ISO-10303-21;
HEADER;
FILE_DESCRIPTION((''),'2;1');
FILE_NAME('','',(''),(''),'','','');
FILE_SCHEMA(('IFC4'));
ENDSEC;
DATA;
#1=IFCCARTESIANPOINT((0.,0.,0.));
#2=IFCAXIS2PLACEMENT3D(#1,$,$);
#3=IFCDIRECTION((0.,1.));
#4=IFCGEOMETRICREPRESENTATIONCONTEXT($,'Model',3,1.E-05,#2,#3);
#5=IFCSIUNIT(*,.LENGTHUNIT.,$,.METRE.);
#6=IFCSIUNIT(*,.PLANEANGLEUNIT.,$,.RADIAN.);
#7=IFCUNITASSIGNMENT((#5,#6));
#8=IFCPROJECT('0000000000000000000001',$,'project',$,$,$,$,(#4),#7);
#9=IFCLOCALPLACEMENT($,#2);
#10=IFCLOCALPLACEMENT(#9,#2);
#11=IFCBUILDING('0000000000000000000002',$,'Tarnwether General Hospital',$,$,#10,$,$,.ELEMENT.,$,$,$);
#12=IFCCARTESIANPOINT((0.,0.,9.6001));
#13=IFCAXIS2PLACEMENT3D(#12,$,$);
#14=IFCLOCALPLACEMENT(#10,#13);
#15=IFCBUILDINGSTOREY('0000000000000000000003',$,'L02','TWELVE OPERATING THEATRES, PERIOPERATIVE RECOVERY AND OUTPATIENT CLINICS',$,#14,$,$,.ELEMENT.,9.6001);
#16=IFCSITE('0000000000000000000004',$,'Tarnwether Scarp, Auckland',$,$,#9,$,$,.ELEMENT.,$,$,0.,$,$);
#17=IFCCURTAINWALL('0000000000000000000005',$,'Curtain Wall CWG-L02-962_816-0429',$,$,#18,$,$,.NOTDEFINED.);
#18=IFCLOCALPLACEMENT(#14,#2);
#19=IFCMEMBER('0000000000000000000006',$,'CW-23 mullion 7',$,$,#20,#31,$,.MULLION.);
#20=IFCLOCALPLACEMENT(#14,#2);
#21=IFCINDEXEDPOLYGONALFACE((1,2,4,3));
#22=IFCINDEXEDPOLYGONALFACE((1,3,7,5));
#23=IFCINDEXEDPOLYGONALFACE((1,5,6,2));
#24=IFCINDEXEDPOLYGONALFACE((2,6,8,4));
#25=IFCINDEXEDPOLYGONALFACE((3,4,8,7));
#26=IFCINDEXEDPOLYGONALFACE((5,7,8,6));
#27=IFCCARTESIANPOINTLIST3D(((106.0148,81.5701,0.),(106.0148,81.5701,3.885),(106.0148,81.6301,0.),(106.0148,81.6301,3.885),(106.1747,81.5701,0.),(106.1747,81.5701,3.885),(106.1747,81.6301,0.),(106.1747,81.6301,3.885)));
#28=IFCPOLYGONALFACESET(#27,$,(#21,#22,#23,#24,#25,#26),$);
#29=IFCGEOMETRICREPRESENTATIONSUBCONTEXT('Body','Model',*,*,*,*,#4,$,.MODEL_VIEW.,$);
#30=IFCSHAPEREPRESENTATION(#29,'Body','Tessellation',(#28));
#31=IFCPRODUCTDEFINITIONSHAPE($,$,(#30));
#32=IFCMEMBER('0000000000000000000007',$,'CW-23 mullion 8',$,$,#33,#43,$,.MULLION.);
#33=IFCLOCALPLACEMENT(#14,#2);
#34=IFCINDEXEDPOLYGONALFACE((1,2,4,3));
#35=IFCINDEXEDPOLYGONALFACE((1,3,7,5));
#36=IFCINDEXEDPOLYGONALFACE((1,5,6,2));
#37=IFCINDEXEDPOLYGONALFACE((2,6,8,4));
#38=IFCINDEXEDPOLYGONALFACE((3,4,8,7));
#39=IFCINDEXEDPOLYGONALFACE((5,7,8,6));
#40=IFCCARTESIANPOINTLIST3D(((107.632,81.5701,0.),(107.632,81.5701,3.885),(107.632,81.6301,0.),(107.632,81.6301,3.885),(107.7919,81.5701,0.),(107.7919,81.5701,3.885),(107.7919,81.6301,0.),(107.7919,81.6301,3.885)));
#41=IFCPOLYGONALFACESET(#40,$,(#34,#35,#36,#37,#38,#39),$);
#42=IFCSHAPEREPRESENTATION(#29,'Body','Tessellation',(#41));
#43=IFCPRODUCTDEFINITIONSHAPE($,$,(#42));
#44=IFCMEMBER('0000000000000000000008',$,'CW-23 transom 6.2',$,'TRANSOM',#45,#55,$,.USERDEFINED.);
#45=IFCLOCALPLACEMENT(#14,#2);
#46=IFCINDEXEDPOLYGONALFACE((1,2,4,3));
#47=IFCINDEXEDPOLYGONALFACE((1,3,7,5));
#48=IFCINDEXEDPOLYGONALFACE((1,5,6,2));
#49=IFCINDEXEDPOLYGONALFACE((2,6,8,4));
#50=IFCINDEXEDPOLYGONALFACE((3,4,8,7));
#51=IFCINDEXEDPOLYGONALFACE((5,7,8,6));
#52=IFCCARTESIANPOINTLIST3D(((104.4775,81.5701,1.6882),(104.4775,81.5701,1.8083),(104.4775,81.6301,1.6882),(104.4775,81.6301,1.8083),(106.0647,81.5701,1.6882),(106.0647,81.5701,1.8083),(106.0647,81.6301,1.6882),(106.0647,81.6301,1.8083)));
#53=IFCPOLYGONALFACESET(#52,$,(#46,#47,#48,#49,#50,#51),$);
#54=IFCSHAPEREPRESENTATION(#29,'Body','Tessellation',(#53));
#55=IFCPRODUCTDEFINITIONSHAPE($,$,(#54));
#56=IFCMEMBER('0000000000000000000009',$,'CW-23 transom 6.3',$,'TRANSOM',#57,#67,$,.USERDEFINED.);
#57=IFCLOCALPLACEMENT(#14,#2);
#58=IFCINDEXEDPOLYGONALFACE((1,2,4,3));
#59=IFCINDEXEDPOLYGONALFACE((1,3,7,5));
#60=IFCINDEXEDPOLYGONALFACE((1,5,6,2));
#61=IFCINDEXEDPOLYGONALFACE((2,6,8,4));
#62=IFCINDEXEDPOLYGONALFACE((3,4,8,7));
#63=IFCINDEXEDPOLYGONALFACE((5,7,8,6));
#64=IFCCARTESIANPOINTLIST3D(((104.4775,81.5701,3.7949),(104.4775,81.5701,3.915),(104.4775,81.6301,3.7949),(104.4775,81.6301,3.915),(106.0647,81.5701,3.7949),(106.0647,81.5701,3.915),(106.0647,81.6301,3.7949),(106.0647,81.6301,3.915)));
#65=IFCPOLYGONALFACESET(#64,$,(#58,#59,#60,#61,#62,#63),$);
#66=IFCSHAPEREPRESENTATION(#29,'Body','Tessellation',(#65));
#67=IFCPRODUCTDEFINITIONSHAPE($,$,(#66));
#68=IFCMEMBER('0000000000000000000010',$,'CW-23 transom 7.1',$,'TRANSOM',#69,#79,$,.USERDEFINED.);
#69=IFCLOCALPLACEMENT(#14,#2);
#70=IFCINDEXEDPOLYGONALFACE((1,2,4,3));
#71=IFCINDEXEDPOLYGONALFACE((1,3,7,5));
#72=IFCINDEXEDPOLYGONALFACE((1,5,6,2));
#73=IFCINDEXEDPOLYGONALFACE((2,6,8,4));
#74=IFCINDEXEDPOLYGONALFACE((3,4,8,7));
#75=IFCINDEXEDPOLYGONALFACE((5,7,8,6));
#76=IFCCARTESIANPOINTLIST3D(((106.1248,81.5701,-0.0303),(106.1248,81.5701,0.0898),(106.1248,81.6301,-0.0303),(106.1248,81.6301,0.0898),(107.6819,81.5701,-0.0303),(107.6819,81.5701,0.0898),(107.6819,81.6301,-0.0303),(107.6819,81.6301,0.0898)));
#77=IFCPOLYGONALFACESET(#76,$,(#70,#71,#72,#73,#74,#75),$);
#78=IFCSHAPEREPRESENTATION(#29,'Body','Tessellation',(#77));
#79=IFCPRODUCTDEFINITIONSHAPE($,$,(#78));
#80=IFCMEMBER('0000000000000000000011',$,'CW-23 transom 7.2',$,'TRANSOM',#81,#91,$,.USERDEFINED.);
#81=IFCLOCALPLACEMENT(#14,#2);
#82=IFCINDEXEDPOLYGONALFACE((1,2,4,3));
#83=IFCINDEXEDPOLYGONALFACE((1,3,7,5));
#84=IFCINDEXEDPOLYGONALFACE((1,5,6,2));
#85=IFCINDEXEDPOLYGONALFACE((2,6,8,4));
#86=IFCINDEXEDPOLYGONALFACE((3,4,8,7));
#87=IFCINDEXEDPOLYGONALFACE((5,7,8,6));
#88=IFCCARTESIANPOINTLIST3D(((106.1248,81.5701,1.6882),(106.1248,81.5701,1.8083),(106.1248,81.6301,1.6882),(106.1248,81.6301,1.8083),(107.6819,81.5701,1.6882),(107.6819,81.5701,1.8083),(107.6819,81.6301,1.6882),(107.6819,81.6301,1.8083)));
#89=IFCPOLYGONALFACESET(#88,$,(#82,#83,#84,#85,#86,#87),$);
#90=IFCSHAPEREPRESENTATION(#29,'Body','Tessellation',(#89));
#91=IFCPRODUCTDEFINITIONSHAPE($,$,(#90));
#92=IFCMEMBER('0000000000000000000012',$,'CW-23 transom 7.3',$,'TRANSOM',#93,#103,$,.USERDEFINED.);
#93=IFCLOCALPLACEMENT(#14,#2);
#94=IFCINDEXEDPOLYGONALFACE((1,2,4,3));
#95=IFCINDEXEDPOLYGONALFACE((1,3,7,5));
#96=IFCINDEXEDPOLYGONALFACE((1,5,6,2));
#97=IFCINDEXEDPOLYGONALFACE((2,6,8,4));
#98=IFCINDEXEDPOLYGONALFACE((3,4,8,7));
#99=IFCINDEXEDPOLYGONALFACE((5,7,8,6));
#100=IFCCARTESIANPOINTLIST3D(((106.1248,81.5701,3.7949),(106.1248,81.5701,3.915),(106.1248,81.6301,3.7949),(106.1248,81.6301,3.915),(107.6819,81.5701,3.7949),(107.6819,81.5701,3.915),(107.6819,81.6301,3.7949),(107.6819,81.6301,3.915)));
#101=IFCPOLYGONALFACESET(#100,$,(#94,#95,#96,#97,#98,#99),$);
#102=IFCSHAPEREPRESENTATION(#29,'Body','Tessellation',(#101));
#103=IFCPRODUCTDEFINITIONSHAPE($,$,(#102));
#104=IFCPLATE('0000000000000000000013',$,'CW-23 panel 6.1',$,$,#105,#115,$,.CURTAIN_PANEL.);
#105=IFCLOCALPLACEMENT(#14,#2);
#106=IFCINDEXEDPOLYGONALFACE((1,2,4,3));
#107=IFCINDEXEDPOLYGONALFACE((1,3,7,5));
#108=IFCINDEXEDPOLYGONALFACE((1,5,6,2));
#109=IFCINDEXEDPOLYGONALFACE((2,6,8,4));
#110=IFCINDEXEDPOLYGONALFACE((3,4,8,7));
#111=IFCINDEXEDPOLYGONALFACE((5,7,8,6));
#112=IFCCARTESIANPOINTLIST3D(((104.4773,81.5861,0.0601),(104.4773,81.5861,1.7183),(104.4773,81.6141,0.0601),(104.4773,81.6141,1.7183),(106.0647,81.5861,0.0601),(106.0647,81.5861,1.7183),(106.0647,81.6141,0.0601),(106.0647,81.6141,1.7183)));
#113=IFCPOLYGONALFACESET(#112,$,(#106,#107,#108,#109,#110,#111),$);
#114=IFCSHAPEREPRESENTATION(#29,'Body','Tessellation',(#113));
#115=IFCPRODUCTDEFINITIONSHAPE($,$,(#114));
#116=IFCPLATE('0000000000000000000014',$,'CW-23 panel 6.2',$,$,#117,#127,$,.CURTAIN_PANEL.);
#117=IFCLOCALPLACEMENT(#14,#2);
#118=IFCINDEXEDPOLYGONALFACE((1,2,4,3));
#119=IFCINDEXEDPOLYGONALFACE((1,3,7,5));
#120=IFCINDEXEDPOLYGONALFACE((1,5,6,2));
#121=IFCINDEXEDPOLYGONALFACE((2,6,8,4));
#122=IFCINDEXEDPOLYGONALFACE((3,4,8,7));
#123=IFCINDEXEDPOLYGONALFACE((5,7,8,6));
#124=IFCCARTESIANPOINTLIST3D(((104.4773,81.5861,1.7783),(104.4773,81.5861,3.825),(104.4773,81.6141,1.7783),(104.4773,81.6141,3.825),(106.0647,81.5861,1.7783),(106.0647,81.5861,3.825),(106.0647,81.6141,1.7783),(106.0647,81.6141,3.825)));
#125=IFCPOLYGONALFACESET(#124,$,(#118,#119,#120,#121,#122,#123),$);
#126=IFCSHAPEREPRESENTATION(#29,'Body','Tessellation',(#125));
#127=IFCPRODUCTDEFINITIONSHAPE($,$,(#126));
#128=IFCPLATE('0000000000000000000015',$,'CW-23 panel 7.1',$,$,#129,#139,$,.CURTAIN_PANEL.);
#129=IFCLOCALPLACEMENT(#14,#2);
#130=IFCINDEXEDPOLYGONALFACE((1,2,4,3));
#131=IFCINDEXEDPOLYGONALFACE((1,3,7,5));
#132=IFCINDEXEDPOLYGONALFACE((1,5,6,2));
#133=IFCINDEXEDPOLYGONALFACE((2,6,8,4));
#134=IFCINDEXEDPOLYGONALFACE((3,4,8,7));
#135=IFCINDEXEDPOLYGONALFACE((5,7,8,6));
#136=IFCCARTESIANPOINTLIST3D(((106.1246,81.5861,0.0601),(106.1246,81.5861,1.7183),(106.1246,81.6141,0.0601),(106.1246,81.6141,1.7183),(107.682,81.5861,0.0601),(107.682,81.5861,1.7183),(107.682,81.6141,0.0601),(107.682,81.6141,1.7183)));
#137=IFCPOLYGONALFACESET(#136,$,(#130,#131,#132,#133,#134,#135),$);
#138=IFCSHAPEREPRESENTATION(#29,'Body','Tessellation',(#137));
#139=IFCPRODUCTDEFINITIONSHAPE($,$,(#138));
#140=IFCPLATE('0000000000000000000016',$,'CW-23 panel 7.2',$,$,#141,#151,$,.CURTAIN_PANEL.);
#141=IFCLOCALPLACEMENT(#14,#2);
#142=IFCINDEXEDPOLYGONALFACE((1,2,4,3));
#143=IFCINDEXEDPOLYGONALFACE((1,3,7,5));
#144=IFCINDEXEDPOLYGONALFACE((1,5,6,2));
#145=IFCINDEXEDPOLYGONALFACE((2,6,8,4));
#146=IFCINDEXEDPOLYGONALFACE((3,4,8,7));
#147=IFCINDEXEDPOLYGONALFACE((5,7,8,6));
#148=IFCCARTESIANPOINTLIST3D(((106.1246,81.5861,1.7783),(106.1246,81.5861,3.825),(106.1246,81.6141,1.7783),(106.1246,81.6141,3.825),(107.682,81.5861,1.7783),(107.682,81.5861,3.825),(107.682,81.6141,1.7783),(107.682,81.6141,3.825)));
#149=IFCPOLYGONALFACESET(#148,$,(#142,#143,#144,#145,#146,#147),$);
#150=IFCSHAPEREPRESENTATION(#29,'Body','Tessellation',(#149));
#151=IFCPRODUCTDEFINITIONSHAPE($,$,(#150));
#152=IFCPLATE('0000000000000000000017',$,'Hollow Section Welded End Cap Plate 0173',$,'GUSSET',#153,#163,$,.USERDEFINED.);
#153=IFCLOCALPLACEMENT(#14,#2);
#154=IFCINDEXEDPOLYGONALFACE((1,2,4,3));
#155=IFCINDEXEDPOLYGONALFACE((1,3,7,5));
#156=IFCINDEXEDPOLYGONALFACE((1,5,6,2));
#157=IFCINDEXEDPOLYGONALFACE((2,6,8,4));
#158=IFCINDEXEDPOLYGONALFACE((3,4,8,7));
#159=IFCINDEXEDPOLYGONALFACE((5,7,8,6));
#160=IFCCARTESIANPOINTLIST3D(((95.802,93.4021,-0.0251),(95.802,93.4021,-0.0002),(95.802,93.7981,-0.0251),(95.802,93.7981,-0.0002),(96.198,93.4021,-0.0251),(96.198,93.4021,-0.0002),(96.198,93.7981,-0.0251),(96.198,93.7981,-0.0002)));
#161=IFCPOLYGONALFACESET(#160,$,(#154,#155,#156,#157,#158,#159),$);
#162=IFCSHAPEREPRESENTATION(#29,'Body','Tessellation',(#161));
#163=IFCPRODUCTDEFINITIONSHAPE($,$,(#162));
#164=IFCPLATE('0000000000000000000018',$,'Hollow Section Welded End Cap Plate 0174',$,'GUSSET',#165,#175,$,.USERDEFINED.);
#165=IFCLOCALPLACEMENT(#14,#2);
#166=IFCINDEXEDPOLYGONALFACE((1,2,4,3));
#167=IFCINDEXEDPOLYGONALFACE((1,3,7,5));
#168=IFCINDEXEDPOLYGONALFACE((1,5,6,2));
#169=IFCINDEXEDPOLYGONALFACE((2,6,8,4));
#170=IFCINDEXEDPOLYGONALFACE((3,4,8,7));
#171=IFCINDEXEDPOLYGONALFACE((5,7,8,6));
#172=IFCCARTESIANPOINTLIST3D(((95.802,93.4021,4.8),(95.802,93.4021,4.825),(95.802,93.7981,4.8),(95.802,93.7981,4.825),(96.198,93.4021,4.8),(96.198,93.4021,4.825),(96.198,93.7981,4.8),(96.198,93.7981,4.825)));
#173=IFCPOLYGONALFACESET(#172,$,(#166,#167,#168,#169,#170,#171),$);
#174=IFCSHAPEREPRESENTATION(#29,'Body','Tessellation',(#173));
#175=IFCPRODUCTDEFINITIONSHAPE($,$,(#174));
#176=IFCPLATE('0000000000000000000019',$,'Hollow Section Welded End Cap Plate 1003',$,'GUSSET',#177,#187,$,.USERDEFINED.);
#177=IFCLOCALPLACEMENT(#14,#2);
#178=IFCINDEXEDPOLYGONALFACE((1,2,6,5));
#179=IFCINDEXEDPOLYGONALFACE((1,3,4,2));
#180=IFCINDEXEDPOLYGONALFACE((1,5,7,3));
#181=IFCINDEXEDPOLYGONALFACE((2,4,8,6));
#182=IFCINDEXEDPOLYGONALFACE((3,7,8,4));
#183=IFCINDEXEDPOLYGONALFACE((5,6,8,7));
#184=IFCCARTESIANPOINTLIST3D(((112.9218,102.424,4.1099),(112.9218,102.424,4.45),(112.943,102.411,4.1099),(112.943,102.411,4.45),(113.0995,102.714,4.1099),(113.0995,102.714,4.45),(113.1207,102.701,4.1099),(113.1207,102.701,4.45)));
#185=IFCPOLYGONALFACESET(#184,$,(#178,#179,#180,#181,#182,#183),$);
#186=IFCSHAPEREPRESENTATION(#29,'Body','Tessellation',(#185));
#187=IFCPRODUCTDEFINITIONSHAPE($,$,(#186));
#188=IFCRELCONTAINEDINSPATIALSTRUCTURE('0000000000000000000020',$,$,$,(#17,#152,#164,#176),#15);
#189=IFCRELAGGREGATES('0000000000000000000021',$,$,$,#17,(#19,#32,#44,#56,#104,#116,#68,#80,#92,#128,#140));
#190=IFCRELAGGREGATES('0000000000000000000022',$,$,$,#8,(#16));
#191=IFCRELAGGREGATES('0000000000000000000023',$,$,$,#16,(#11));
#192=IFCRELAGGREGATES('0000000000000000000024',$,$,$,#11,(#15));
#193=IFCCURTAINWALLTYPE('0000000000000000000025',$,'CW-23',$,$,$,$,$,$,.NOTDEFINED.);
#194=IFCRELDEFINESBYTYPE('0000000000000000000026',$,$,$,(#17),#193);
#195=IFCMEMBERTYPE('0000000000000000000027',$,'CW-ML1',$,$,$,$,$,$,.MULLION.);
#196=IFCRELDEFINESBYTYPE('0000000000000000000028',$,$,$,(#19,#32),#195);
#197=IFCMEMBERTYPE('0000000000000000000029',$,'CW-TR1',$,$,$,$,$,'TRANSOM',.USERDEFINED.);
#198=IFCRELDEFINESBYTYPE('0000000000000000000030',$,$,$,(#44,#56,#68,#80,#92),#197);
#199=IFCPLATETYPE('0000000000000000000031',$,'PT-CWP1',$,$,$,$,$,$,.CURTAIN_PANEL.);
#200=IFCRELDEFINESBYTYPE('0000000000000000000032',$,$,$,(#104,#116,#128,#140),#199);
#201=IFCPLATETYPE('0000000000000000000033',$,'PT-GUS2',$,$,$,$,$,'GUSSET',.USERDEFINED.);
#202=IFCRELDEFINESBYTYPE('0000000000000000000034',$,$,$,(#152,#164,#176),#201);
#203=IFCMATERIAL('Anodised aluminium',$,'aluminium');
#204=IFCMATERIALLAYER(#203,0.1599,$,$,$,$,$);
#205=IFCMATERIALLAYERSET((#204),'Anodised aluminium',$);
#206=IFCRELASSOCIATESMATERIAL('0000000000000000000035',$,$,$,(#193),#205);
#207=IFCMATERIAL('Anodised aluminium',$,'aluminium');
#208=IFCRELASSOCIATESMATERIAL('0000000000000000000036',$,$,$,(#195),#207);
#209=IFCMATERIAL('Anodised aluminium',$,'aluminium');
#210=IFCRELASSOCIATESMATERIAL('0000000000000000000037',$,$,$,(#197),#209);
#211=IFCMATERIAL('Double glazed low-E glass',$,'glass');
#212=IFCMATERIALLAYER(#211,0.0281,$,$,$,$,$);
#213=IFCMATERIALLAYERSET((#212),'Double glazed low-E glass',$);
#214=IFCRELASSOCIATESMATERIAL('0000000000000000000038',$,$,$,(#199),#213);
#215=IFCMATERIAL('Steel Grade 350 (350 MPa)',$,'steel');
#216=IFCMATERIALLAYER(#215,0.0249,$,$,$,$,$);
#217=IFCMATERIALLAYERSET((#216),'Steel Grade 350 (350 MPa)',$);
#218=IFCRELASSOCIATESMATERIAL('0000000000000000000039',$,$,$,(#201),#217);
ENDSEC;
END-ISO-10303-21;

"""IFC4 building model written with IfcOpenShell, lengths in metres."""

from ifc_helpers import new_model, si_unit, direction, frame, origin, origin_2d, place, context, subcontext, project, spatial, rectangle, extrude, material, layer, layer_set, material_profile, profile_set, type_object, element, aggregate, save


model = new_model("IFC4")

# Units and contexts
model_context = context("Model", 3, precision=1e-05, world=origin(), true_north=direction((0.0, 1.0)))
body_context = subcontext(model_context, "Body", "Model", "MODEL_VIEW")
ifc_project = project(units=[si_unit("LENGTHUNIT", "METRE"), si_unit("PLANEANGLEUNIT", "RADIAN")], contexts=[model_context])

# Site, building, storey
site_placement = place(None, origin())
site = spatial("IfcSite", under=ifc_project, at=site_placement, Name="Tarnwether Scarp, Auckland", CompositionType="ELEMENT", RefElevation=0.0)
building_placement = place(site_placement, origin())
building = spatial("IfcBuilding", under=site, at=building_placement, Name="Tarnwether General Hospital", CompositionType="ELEMENT")
storey_placement = place(building_placement, frame((0.0, 0.0, 9.6001)))
storey = spatial("IfcBuildingStorey", under=building, at=storey_placement, Name="L02", Description="TWELVE OPERATING THEATRES, PERIOPERATIVE RECOVERY AND OUTPATIENT CLINICS", CompositionType="ELEMENT", Elevation=9.6001)

# Curtain wall, members, plates
ifc_material_1 = material(Name="Anodised aluminium", Category="aluminium")
ifc_layer_1 = layer(ifc_material_1, 0.1599)
ifc_layer_set_1 = layer_set([ifc_layer_1], Name="Anodised aluminium")
curtain_wall_type = type_object("IfcCurtainWallType", Name="CW-23", PredefinedType="NOTDEFINED", material=ifc_layer_set_1)
curtain_wall_placement = place(storey_placement, origin())
curtain_wall = element("IfcCurtainWall", 1, at=curtain_wall_placement, inside=storey, type_object=curtain_wall_type, Name="Curtain Wall CWG-L02-962_816-0429", PredefinedType="NOTDEFINED")
ifc_material_2 = material(Name="Anodised aluminium", Category="aluminium")
ifc_material_profile_1 = material_profile(ifc_material_2, rectangle(XDim=0.0601, YDim=0.1599, at=origin_2d()), Name="ALU-MUL-60x160")
ifc_profile_set_1 = profile_set([ifc_material_profile_1], Name="Anodised aluminium")
member_type_1 = type_object("IfcMemberType", Name="CW-ML1", PredefinedType="MULLION", material=ifc_profile_set_1)
member_1_placement = place(storey_placement, frame((106.0947, 81.6001, 0.0), z_axis=(0.0, 0.0, 1.0), x_axis=(0.0, 1.0, 0.0)))
member_1 = element("IfcMember", 2, at=member_1_placement, type_object=member_type_1, Name="CW-23 mullion 7", PredefinedType="MULLION", context=body_context, shape_type="SweptSolid", body=[
    extrude(rectangle(XDim=0.0601, YDim=0.1599, at=origin_2d()), origin(), (0.0, 0.0, 1.0), 3.885),
])
member_2_placement = place(storey_placement, frame((107.7119, 81.6001, 0.0), z_axis=(0.0, 0.0, 1.0), x_axis=(0.0, 1.0, 0.0)))
member_2 = element("IfcMember", 3, at=member_2_placement, type_object=member_type_1, Name="CW-23 mullion 8", PredefinedType="MULLION", context=body_context, shape_type="SweptSolid", body=[
    extrude(rectangle(XDim=0.0601, YDim=0.1599, at=origin_2d()), origin(), (0.0, 0.0, 1.0), 3.885),
])
ifc_material_3 = material(Name="Anodised aluminium", Category="aluminium")
ifc_material_profile_2 = material_profile(ifc_material_3, rectangle(XDim=0.0601, YDim=0.1201, at=origin_2d()), Name="ALU-TRN-60x120")
ifc_profile_set_2 = profile_set([ifc_material_profile_2], Name="Anodised aluminium")
member_type_2 = type_object("IfcMemberType", Name="CW-TR1", ElementType="TRANSOM", PredefinedType="USERDEFINED", material=ifc_profile_set_2)
member_3_placement = place(storey_placement, frame((104.4775, 81.6001, 1.7483), z_axis=(1.0, 0.0, 0.0), x_axis=(0.0, 1.0, 0.0)))
member_3 = element("IfcMember", 4, at=member_3_placement, type_object=member_type_2, Name="CW-23 transom 6.2", ObjectType="TRANSOM", PredefinedType="USERDEFINED", context=body_context, shape_type="SweptSolid", body=[
    extrude(rectangle(XDim=0.0601, YDim=0.1201, at=origin_2d()), origin(), (0.0, 0.0, 1.0), 1.5872),
])
member_4_placement = place(storey_placement, frame((104.4775, 81.6001, 3.855), z_axis=(1.0, 0.0, 0.0), x_axis=(0.0, 1.0, 0.0)))
member_4 = element("IfcMember", 5, at=member_4_placement, type_object=member_type_2, Name="CW-23 transom 6.3", ObjectType="TRANSOM", PredefinedType="USERDEFINED", context=body_context, shape_type="SweptSolid", body=[
    extrude(rectangle(XDim=0.0601, YDim=0.1201, at=origin_2d()), origin(), (0.0, 0.0, 1.0), 1.5872),
])
member_5_placement = place(storey_placement, frame((106.1248, 81.6001, 0.0298), z_axis=(1.0, 0.0, 0.0), x_axis=(0.0, 1.0, 0.0)))
member_5 = element("IfcMember", 6, at=member_5_placement, type_object=member_type_2, Name="CW-23 transom 7.1", ObjectType="TRANSOM", PredefinedType="USERDEFINED", context=body_context, shape_type="SweptSolid", body=[
    extrude(rectangle(XDim=0.0601, YDim=0.1201, at=origin_2d()), origin(), (0.0, 0.0, 1.0), 1.5571),
])
member_6_placement = place(storey_placement, frame((106.1248, 81.6001, 1.7483), z_axis=(1.0, 0.0, 0.0), x_axis=(0.0, 1.0, 0.0)))
member_6 = element("IfcMember", 7, at=member_6_placement, type_object=member_type_2, Name="CW-23 transom 7.2", ObjectType="TRANSOM", PredefinedType="USERDEFINED", context=body_context, shape_type="SweptSolid", body=[
    extrude(rectangle(XDim=0.0601, YDim=0.1201, at=origin_2d()), origin(), (0.0, 0.0, 1.0), 1.5571),
])
member_7_placement = place(storey_placement, frame((106.1248, 81.6001, 3.855), z_axis=(1.0, 0.0, 0.0), x_axis=(0.0, 1.0, 0.0)))
member_7 = element("IfcMember", 8, at=member_7_placement, type_object=member_type_2, Name="CW-23 transom 7.3", ObjectType="TRANSOM", PredefinedType="USERDEFINED", context=body_context, shape_type="SweptSolid", body=[
    extrude(rectangle(XDim=0.0601, YDim=0.1201, at=origin_2d()), origin(), (0.0, 0.0, 1.0), 1.5571),
])
ifc_material_4 = material(Name="Double glazed low-E glass", Category="glass")
ifc_layer_2 = layer(ifc_material_4, 0.0281)
ifc_layer_set_2 = layer_set([ifc_layer_2], Name="Double glazed low-E glass")
plate_type_1 = type_object("IfcPlateType", Name="PT-CWP1", PredefinedType="CURTAIN_PANEL", material=ifc_layer_set_2)
plate_1_placement = place(storey_placement, frame((105.271, 81.6001, 0.0601), z_axis=(0.0, 0.0, 1.0), x_axis=(1.0, 0.0, 0.0)))
plate_1 = element("IfcPlate", 9, at=plate_1_placement, type_object=plate_type_1, Name="CW-23 panel 6.1", PredefinedType="CURTAIN_PANEL", context=body_context, shape_type="SweptSolid", body=[
    extrude(rectangle(XDim=1.5874, YDim=0.0281, at=origin_2d()), origin(), (0.0, 0.0, 1.0), 1.6582),
])
plate_2_placement = place(storey_placement, frame((105.271, 81.6001, 1.7783), z_axis=(0.0, 0.0, 1.0), x_axis=(1.0, 0.0, 0.0)))
plate_2 = element("IfcPlate", 10, at=plate_2_placement, type_object=plate_type_1, Name="CW-23 panel 6.2", PredefinedType="CURTAIN_PANEL", context=body_context, shape_type="SweptSolid", body=[
    extrude(rectangle(XDim=1.5874, YDim=0.0281, at=origin_2d()), origin(), (0.0, 0.0, 1.0), 2.0466),
])
plate_3_placement = place(storey_placement, frame((106.9033, 81.6001, 0.0601), z_axis=(0.0, 0.0, 1.0), x_axis=(1.0, 0.0, 0.0)))
plate_3 = element("IfcPlate", 11, at=plate_3_placement, type_object=plate_type_1, Name="CW-23 panel 7.1", PredefinedType="CURTAIN_PANEL", context=body_context, shape_type="SweptSolid", body=[
    extrude(rectangle(XDim=1.5574, YDim=0.0281, at=origin_2d()), origin(), (0.0, 0.0, 1.0), 1.6582),
])
plate_4_placement = place(storey_placement, frame((106.9033, 81.6001, 1.7783), z_axis=(0.0, 0.0, 1.0), x_axis=(1.0, 0.0, 0.0)))
plate_4 = element("IfcPlate", 12, at=plate_4_placement, type_object=plate_type_1, Name="CW-23 panel 7.2", PredefinedType="CURTAIN_PANEL", context=body_context, shape_type="SweptSolid", body=[
    extrude(rectangle(XDim=1.5574, YDim=0.0281, at=origin_2d()), origin(), (0.0, 0.0, 1.0), 2.0466),
])
aggregate(curtain_wall, [member_1, member_2, member_3, member_4, plate_1, plate_2, member_5, member_6, member_7, plate_3, plate_4])

# Plates
ifc_material_5 = material(Name="Steel Grade 350 (350 MPa)", Category="steel")
ifc_layer_3 = layer(ifc_material_5, 0.0249)
ifc_layer_set_3 = layer_set([ifc_layer_3], Name="Steel Grade 350 (350 MPa)")
plate_type_2 = type_object("IfcPlateType", Name="PT-GUS2", ElementType="GUSSET", PredefinedType="USERDEFINED", material=ifc_layer_set_3)
for number, where, z_axis, x_axis, name in (
    (13, (96.0, 93.6001, -0.0251), (0.0, 0.0, 1.0), (1.0, 0.0, 0.0), "Hollow Section Welded End Cap Plate 0173"),
    (14, (96.0, 93.6001, 4.8), (0.0, 0.0, 1.0), (1.0, 0.0, 0.0), "Hollow Section Welded End Cap Plate 0174"),
):
    element("IfcPlate", number, at=place(storey_placement, frame(where, z_axis=z_axis, x_axis=x_axis)), inside=storey, type_object=plate_type_2, Name=name, ObjectType="GUSSET", PredefinedType="USERDEFINED", context=body_context, shape_type="SweptSolid", body=[
        extrude(rectangle(XDim=0.396, YDim=0.396, at=origin_2d()), origin(), (0.0, 0.0, 1.0), 0.0249),
    ])
plate_5_placement = place(storey_placement, frame((113.0212, 102.5625, 4.1099), z_axis=(0.0, 0.0, 1.0), x_axis=(0.852649, -0.522484, 0.0)))
element("IfcPlate", 15, at=plate_5_placement, inside=storey, type_object=plate_type_2, Name="Hollow Section Welded End Cap Plate 1003", ObjectType="GUSSET", PredefinedType="USERDEFINED", context=body_context, shape_type="SweptSolid", body=[
    extrude(rectangle(XDim=0.0249, YDim=0.3401, at=origin_2d()), origin(), (0.0, 0.0, 1.0), 0.3401),
])

save(model, "model.ifc")
